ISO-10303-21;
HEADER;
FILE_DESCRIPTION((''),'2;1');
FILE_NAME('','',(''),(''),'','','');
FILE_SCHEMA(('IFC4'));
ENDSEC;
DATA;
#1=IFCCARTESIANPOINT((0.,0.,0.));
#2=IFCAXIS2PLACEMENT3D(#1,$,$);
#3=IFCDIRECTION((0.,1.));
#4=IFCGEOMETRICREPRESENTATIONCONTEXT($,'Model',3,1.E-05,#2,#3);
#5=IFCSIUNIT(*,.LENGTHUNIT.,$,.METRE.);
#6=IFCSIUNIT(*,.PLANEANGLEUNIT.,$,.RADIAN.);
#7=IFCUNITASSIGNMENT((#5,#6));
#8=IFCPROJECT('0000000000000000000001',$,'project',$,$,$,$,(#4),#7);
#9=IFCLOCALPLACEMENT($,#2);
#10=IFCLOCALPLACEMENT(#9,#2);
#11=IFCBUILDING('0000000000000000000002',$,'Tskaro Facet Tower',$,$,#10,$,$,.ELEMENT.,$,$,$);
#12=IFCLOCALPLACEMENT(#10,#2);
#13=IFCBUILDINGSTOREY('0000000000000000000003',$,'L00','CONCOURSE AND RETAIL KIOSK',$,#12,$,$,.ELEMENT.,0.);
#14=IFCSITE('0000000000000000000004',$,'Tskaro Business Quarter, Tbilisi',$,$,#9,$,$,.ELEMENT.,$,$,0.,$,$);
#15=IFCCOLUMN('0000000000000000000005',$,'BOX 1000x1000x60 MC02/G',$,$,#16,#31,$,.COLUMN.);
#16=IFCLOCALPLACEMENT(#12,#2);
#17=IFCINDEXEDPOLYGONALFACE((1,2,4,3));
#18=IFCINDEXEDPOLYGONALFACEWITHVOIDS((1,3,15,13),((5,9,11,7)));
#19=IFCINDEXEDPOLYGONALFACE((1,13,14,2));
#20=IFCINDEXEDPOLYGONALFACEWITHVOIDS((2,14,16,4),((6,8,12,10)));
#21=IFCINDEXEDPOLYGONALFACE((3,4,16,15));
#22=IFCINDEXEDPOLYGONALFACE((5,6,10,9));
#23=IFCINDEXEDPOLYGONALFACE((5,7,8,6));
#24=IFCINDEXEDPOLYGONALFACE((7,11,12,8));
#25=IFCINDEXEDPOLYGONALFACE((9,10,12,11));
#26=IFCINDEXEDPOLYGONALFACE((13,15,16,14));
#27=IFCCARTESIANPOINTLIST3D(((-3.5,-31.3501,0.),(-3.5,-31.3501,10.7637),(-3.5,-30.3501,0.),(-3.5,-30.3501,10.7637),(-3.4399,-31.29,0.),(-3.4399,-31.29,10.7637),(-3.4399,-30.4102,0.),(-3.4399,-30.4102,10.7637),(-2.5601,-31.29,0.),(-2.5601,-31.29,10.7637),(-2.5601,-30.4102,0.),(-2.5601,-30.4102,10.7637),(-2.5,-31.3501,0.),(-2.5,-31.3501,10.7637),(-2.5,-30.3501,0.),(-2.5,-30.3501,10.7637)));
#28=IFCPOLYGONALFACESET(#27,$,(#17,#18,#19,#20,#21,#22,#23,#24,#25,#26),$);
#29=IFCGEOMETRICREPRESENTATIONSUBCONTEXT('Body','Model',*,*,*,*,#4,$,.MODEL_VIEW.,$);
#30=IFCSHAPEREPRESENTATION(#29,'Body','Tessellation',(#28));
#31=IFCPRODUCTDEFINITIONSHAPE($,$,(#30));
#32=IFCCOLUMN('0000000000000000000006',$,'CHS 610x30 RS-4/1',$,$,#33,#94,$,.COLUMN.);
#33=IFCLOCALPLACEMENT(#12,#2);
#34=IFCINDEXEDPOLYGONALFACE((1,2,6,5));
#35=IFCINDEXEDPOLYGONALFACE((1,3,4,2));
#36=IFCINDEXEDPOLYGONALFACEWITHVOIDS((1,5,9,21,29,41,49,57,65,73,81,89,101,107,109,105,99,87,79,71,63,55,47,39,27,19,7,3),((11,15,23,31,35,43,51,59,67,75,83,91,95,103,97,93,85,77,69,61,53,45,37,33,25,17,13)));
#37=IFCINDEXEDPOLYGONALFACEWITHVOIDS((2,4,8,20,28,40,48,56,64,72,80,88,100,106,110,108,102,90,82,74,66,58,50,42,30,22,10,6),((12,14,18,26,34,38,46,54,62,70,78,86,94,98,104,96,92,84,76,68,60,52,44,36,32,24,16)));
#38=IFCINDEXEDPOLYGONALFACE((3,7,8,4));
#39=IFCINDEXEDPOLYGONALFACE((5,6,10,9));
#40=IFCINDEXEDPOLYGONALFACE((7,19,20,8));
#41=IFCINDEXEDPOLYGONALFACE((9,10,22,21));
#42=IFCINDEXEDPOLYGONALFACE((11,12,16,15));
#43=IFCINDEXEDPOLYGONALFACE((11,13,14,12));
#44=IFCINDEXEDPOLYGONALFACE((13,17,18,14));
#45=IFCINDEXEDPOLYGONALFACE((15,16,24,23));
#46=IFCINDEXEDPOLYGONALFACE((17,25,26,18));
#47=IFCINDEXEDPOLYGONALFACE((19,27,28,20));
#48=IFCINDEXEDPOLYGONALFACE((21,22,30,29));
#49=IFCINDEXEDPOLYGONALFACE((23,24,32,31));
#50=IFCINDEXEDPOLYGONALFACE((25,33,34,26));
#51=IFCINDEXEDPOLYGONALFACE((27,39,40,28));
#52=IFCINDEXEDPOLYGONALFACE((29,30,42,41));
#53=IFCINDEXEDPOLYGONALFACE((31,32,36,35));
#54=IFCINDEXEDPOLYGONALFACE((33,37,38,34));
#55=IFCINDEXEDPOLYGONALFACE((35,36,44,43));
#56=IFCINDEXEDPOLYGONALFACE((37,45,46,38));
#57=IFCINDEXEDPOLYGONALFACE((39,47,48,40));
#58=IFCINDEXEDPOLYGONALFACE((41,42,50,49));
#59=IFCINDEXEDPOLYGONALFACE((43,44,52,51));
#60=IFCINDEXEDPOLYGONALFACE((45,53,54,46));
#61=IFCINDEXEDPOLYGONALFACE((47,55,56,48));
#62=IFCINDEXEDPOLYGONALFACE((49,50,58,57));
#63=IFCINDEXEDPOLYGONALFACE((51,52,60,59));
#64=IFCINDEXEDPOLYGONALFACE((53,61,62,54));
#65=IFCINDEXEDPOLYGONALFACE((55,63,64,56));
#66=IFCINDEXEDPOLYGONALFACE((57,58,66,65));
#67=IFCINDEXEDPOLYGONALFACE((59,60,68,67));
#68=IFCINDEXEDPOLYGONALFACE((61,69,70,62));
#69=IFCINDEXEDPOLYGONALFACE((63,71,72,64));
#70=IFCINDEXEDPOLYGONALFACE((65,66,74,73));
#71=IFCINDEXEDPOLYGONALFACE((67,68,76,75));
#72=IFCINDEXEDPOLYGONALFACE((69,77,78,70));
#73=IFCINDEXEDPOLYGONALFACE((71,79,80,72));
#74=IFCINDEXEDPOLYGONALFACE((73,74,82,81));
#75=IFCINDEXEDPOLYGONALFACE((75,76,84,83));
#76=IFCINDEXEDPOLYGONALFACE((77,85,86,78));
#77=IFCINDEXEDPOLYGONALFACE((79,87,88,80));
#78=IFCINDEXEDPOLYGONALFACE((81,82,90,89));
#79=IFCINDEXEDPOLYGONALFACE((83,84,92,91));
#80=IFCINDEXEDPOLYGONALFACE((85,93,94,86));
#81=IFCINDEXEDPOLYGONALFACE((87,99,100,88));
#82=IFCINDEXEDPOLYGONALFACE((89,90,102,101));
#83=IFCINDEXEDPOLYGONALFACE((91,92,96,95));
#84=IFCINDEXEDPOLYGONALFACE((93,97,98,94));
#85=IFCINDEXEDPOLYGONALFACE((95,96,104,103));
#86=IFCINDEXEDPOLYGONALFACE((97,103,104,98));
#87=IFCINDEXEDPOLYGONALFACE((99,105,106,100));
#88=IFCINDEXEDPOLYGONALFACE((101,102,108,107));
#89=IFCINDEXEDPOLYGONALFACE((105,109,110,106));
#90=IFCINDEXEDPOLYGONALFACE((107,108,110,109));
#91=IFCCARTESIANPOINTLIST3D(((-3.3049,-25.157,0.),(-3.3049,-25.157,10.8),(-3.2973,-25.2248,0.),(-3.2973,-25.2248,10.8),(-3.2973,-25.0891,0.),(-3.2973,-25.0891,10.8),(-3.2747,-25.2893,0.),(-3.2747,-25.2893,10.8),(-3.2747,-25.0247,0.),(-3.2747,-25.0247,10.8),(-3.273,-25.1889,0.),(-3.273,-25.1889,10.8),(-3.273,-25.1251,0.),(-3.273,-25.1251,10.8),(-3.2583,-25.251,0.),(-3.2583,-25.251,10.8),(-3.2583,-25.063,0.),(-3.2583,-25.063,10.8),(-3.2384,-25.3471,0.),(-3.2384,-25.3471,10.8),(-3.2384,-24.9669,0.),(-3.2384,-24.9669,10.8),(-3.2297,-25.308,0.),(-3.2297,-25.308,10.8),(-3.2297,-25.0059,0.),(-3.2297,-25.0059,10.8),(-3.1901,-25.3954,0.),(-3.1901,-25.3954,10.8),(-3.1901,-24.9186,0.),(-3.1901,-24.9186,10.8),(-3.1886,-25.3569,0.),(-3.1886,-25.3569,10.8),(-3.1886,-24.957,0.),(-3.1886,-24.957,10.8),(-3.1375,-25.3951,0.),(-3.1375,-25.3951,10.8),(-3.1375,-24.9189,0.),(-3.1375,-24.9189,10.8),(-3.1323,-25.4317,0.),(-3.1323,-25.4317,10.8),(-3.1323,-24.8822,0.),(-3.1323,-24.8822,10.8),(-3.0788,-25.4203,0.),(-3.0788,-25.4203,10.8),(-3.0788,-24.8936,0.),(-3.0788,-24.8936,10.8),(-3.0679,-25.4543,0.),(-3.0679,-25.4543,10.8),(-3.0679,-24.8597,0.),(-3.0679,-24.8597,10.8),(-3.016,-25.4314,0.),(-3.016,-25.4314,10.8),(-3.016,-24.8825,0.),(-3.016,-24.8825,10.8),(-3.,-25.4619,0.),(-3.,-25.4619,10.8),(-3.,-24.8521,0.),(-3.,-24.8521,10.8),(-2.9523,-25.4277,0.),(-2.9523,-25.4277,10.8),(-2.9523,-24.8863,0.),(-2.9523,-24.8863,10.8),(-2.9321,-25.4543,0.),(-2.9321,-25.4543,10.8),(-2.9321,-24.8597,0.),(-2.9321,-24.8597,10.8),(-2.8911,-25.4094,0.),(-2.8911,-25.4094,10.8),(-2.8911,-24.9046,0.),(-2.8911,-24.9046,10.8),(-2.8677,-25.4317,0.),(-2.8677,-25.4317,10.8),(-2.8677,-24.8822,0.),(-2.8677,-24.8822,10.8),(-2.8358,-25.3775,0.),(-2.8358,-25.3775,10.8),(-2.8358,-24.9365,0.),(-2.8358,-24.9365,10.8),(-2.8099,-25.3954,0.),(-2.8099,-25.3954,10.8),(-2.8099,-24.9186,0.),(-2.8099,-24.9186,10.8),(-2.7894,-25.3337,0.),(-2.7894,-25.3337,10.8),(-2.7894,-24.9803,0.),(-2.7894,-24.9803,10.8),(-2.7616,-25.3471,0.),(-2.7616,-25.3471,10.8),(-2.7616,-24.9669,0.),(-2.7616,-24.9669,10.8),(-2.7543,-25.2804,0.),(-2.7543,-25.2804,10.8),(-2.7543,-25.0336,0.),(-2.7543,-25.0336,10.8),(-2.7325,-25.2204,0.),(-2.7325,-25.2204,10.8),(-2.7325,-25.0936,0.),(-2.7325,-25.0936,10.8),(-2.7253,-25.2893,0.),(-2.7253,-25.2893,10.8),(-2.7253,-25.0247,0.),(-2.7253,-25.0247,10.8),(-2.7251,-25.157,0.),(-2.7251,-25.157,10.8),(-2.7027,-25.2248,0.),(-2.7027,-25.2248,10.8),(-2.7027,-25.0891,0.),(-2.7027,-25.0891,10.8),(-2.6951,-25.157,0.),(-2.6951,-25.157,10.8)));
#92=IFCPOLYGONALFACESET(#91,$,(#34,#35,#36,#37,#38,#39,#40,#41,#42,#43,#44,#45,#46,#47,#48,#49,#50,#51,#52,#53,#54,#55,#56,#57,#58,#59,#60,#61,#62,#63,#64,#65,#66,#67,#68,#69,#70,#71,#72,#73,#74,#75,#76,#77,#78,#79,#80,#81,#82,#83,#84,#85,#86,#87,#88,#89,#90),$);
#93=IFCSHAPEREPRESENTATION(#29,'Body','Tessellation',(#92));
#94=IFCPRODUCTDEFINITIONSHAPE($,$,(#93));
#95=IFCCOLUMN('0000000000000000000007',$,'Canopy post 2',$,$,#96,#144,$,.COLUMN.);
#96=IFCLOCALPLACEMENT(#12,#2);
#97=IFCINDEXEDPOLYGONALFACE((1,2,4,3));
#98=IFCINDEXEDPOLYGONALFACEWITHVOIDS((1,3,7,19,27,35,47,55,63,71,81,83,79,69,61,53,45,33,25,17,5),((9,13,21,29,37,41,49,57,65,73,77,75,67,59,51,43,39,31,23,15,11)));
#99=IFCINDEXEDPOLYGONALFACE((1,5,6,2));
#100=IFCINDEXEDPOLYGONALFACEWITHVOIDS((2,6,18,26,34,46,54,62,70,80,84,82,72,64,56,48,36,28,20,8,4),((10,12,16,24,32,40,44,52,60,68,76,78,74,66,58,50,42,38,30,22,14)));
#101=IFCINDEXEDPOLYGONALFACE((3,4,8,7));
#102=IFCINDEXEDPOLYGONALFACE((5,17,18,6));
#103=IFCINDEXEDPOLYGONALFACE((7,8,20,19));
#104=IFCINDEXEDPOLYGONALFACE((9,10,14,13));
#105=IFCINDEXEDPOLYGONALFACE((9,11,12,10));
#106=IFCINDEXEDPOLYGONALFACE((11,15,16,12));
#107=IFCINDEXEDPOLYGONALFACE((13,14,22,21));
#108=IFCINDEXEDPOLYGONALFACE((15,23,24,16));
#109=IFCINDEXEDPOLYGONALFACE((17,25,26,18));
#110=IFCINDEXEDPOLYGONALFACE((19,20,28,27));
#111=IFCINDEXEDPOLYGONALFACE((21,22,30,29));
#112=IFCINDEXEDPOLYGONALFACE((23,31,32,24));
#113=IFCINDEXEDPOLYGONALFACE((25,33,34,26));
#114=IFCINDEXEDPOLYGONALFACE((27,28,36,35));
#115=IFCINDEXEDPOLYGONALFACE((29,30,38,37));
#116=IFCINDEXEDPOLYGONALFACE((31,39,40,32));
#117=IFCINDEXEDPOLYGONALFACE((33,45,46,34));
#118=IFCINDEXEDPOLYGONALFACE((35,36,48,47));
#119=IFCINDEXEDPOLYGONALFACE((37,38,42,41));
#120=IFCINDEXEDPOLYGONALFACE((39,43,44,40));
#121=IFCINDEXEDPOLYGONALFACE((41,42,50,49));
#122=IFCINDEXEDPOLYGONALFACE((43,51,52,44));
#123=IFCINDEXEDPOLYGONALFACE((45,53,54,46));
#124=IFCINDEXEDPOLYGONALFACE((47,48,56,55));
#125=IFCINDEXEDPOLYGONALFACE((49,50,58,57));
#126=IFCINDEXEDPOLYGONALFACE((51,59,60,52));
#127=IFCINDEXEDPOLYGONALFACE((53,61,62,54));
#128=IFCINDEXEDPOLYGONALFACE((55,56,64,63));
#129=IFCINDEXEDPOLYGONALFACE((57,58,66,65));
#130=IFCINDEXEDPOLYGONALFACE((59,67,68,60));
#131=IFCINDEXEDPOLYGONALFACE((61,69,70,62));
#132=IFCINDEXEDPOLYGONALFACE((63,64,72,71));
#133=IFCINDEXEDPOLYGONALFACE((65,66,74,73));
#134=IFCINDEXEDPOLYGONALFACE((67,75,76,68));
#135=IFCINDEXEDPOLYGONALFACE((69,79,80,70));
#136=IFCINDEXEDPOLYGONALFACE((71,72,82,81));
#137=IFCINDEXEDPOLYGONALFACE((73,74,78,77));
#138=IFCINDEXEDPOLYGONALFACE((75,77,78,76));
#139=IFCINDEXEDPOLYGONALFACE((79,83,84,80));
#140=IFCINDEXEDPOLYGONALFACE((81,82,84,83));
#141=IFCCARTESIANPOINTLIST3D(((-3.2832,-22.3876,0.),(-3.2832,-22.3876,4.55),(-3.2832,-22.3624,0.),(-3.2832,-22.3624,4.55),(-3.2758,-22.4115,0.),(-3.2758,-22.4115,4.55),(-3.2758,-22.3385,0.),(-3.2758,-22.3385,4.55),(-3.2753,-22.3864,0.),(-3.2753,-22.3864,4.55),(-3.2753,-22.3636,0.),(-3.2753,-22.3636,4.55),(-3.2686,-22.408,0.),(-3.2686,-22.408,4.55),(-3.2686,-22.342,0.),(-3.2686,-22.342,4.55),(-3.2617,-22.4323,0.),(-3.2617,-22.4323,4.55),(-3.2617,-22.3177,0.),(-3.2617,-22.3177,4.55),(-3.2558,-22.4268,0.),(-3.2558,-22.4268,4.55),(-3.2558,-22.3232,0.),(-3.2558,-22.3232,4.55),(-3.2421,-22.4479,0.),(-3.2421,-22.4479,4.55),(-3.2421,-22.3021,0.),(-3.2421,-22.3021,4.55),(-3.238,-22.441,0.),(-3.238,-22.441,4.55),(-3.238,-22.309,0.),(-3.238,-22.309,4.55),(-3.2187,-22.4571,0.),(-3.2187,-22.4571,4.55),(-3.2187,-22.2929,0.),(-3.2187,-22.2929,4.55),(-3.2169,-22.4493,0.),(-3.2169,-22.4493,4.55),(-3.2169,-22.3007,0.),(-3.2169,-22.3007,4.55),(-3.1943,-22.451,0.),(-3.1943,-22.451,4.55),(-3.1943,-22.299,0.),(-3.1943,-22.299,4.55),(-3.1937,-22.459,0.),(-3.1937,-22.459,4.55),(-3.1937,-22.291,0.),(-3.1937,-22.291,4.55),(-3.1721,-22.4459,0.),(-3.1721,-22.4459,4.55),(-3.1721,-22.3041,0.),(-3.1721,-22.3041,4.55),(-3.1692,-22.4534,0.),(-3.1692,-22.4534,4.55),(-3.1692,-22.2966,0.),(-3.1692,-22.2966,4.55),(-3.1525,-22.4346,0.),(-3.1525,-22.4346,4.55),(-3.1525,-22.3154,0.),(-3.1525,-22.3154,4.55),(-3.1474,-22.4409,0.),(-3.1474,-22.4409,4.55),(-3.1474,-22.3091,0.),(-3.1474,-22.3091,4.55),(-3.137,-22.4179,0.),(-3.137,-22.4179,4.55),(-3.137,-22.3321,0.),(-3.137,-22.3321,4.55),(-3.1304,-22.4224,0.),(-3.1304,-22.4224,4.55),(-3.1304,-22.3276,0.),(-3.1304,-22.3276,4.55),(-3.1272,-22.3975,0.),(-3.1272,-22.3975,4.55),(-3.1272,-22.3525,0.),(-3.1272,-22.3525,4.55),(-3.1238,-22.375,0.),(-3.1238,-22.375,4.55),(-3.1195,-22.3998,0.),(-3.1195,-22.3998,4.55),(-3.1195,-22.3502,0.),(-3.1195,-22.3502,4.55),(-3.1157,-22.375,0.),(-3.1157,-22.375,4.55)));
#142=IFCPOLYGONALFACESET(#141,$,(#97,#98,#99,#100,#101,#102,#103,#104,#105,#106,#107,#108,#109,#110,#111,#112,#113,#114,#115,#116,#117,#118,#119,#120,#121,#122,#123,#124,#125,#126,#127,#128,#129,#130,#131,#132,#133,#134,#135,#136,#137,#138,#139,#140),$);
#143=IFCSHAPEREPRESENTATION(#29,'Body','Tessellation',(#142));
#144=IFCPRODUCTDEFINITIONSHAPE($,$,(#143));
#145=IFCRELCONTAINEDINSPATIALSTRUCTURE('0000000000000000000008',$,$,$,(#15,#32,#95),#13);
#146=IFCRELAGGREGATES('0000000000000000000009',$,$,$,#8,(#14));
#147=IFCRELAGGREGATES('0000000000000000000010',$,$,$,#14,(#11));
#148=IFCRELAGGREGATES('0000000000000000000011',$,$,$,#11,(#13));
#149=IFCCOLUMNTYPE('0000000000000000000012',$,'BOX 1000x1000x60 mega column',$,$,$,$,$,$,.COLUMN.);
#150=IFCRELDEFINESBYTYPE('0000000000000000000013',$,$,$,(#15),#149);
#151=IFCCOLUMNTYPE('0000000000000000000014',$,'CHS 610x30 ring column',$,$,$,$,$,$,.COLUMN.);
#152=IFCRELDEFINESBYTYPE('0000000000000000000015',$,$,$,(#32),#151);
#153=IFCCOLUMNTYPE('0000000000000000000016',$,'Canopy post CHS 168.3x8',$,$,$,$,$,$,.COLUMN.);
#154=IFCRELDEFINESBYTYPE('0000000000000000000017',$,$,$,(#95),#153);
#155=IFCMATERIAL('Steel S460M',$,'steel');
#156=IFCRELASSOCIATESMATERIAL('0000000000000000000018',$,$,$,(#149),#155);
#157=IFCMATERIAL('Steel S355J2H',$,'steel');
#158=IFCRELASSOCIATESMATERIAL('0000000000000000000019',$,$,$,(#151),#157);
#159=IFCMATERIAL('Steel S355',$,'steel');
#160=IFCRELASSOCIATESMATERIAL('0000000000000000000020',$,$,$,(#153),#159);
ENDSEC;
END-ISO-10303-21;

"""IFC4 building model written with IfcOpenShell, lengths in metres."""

from ifc_helpers import new_model, si_unit, direction, frame, origin, origin_2d, place, context, subcontext, project, spatial, hollow_rectangle, hollow_circle, extrude, material, material_profile, profile_set, type_object, element, save


model = new_model("IFC4")

# Units and contexts
model_context = context("Model", 3, precision=1e-05, world=origin(), true_north=direction((0.0, 1.0)))
body_context = subcontext(model_context, "Body", "Model", "MODEL_VIEW")
ifc_project = project(units=[si_unit("LENGTHUNIT", "METRE"), si_unit("PLANEANGLEUNIT", "RADIAN")], contexts=[model_context])

# Site, building, storey
site_placement = place(None, origin())
site = spatial("IfcSite", under=ifc_project, at=site_placement, Name="Tskaro Business Quarter, Tbilisi", CompositionType="ELEMENT", RefElevation=0.0)
building_placement = place(site_placement, origin())
building = spatial("IfcBuilding", under=site, at=building_placement, Name="Tskaro Facet Tower", CompositionType="ELEMENT")
storey_placement = place(building_placement, origin())
storey = spatial("IfcBuildingStorey", under=building, at=storey_placement, Name="L00", Description="CONCOURSE AND RETAIL KIOSK", CompositionType="ELEMENT", Elevation=0.0)

# Columns
ifc_material_1 = material(Name="Steel S460M", Category="steel")
ifc_material_profile_1 = material_profile(ifc_material_1, hollow_rectangle(XDim=1.0, YDim=1.0, WallThickness=0.0601, at=origin_2d()), Name="BOX 1000x1000x60")
ifc_profile_set_1 = profile_set([ifc_material_profile_1], Name="Steel S460M")
column_type_1 = type_object("IfcColumnType", Name="BOX 1000x1000x60 mega column", PredefinedType="COLUMN", material=ifc_profile_set_1)
column_1_placement = place(storey_placement, frame((-3.0, -30.8501, 0.0), z_axis=(0.0, 0.0, 1.0), x_axis=(1.0, 0.0, 0.0)))
element("IfcColumn", 1, at=column_1_placement, inside=storey, type_object=column_type_1, Name="BOX 1000x1000x60 MC02/G", PredefinedType="COLUMN", context=body_context, shape_type="SweptSolid", body=[
    extrude(hollow_rectangle(XDim=1.0, YDim=1.0, WallThickness=0.0601, at=origin_2d()), origin(), (0.0, 0.0, 1.0), 10.7637),
])
ifc_material_2 = material(Name="Steel S355J2H", Category="steel")
ifc_material_profile_2 = material_profile(ifc_material_2, hollow_circle(Radius=0.3049, WallThickness=0.03, at=origin_2d()), Name="CHS 610x30")
ifc_profile_set_2 = profile_set([ifc_material_profile_2], Name="Steel S355J2H")
column_type_2 = type_object("IfcColumnType", Name="CHS 610x30 ring column", PredefinedType="COLUMN", material=ifc_profile_set_2)
column_2_placement = place(storey_placement, frame((-3.0, -25.157, 0.0), z_axis=(0.0, 0.0, 1.0), x_axis=(1.0, 0.0, 0.0)))
element("IfcColumn", 2, at=column_2_placement, inside=storey, type_object=column_type_2, Name="CHS 610x30 RS-4/1", PredefinedType="COLUMN", context=body_context, shape_type="SweptSolid", body=[
    extrude(hollow_circle(Radius=0.3049, WallThickness=0.03, at=origin_2d()), origin(), (0.0, 0.0, 1.0), 10.8),
])
ifc_material_3 = material(Name="Steel S355", Category="steel")
ifc_material_profile_3 = material_profile(ifc_material_3, hollow_circle(Radius=0.0842, WallThickness=0.0081, at=origin_2d()), Name="CHS 168.3x8")
ifc_profile_set_3 = profile_set([ifc_material_profile_3], Name="Steel S355")
column_type_3 = type_object("IfcColumnType", Name="Canopy post CHS 168.3x8", PredefinedType="COLUMN", material=ifc_profile_set_3)
column_3_placement = place(storey_placement, frame((-3.2, -22.375, 0.0), z_axis=(0.0, 0.0, 1.0), x_axis=(1.0, 0.0, 0.0)))
element("IfcColumn", 3, at=column_3_placement, inside=storey, type_object=column_type_3, Name="Canopy post 2", PredefinedType="COLUMN", context=body_context, shape_type="SweptSolid", body=[
    extrude(hollow_circle(Radius=0.0842, WallThickness=0.0081, at=origin_2d()), origin(), (0.0, 0.0, 1.0), 4.55),
])

save(model, "model.ifc")
